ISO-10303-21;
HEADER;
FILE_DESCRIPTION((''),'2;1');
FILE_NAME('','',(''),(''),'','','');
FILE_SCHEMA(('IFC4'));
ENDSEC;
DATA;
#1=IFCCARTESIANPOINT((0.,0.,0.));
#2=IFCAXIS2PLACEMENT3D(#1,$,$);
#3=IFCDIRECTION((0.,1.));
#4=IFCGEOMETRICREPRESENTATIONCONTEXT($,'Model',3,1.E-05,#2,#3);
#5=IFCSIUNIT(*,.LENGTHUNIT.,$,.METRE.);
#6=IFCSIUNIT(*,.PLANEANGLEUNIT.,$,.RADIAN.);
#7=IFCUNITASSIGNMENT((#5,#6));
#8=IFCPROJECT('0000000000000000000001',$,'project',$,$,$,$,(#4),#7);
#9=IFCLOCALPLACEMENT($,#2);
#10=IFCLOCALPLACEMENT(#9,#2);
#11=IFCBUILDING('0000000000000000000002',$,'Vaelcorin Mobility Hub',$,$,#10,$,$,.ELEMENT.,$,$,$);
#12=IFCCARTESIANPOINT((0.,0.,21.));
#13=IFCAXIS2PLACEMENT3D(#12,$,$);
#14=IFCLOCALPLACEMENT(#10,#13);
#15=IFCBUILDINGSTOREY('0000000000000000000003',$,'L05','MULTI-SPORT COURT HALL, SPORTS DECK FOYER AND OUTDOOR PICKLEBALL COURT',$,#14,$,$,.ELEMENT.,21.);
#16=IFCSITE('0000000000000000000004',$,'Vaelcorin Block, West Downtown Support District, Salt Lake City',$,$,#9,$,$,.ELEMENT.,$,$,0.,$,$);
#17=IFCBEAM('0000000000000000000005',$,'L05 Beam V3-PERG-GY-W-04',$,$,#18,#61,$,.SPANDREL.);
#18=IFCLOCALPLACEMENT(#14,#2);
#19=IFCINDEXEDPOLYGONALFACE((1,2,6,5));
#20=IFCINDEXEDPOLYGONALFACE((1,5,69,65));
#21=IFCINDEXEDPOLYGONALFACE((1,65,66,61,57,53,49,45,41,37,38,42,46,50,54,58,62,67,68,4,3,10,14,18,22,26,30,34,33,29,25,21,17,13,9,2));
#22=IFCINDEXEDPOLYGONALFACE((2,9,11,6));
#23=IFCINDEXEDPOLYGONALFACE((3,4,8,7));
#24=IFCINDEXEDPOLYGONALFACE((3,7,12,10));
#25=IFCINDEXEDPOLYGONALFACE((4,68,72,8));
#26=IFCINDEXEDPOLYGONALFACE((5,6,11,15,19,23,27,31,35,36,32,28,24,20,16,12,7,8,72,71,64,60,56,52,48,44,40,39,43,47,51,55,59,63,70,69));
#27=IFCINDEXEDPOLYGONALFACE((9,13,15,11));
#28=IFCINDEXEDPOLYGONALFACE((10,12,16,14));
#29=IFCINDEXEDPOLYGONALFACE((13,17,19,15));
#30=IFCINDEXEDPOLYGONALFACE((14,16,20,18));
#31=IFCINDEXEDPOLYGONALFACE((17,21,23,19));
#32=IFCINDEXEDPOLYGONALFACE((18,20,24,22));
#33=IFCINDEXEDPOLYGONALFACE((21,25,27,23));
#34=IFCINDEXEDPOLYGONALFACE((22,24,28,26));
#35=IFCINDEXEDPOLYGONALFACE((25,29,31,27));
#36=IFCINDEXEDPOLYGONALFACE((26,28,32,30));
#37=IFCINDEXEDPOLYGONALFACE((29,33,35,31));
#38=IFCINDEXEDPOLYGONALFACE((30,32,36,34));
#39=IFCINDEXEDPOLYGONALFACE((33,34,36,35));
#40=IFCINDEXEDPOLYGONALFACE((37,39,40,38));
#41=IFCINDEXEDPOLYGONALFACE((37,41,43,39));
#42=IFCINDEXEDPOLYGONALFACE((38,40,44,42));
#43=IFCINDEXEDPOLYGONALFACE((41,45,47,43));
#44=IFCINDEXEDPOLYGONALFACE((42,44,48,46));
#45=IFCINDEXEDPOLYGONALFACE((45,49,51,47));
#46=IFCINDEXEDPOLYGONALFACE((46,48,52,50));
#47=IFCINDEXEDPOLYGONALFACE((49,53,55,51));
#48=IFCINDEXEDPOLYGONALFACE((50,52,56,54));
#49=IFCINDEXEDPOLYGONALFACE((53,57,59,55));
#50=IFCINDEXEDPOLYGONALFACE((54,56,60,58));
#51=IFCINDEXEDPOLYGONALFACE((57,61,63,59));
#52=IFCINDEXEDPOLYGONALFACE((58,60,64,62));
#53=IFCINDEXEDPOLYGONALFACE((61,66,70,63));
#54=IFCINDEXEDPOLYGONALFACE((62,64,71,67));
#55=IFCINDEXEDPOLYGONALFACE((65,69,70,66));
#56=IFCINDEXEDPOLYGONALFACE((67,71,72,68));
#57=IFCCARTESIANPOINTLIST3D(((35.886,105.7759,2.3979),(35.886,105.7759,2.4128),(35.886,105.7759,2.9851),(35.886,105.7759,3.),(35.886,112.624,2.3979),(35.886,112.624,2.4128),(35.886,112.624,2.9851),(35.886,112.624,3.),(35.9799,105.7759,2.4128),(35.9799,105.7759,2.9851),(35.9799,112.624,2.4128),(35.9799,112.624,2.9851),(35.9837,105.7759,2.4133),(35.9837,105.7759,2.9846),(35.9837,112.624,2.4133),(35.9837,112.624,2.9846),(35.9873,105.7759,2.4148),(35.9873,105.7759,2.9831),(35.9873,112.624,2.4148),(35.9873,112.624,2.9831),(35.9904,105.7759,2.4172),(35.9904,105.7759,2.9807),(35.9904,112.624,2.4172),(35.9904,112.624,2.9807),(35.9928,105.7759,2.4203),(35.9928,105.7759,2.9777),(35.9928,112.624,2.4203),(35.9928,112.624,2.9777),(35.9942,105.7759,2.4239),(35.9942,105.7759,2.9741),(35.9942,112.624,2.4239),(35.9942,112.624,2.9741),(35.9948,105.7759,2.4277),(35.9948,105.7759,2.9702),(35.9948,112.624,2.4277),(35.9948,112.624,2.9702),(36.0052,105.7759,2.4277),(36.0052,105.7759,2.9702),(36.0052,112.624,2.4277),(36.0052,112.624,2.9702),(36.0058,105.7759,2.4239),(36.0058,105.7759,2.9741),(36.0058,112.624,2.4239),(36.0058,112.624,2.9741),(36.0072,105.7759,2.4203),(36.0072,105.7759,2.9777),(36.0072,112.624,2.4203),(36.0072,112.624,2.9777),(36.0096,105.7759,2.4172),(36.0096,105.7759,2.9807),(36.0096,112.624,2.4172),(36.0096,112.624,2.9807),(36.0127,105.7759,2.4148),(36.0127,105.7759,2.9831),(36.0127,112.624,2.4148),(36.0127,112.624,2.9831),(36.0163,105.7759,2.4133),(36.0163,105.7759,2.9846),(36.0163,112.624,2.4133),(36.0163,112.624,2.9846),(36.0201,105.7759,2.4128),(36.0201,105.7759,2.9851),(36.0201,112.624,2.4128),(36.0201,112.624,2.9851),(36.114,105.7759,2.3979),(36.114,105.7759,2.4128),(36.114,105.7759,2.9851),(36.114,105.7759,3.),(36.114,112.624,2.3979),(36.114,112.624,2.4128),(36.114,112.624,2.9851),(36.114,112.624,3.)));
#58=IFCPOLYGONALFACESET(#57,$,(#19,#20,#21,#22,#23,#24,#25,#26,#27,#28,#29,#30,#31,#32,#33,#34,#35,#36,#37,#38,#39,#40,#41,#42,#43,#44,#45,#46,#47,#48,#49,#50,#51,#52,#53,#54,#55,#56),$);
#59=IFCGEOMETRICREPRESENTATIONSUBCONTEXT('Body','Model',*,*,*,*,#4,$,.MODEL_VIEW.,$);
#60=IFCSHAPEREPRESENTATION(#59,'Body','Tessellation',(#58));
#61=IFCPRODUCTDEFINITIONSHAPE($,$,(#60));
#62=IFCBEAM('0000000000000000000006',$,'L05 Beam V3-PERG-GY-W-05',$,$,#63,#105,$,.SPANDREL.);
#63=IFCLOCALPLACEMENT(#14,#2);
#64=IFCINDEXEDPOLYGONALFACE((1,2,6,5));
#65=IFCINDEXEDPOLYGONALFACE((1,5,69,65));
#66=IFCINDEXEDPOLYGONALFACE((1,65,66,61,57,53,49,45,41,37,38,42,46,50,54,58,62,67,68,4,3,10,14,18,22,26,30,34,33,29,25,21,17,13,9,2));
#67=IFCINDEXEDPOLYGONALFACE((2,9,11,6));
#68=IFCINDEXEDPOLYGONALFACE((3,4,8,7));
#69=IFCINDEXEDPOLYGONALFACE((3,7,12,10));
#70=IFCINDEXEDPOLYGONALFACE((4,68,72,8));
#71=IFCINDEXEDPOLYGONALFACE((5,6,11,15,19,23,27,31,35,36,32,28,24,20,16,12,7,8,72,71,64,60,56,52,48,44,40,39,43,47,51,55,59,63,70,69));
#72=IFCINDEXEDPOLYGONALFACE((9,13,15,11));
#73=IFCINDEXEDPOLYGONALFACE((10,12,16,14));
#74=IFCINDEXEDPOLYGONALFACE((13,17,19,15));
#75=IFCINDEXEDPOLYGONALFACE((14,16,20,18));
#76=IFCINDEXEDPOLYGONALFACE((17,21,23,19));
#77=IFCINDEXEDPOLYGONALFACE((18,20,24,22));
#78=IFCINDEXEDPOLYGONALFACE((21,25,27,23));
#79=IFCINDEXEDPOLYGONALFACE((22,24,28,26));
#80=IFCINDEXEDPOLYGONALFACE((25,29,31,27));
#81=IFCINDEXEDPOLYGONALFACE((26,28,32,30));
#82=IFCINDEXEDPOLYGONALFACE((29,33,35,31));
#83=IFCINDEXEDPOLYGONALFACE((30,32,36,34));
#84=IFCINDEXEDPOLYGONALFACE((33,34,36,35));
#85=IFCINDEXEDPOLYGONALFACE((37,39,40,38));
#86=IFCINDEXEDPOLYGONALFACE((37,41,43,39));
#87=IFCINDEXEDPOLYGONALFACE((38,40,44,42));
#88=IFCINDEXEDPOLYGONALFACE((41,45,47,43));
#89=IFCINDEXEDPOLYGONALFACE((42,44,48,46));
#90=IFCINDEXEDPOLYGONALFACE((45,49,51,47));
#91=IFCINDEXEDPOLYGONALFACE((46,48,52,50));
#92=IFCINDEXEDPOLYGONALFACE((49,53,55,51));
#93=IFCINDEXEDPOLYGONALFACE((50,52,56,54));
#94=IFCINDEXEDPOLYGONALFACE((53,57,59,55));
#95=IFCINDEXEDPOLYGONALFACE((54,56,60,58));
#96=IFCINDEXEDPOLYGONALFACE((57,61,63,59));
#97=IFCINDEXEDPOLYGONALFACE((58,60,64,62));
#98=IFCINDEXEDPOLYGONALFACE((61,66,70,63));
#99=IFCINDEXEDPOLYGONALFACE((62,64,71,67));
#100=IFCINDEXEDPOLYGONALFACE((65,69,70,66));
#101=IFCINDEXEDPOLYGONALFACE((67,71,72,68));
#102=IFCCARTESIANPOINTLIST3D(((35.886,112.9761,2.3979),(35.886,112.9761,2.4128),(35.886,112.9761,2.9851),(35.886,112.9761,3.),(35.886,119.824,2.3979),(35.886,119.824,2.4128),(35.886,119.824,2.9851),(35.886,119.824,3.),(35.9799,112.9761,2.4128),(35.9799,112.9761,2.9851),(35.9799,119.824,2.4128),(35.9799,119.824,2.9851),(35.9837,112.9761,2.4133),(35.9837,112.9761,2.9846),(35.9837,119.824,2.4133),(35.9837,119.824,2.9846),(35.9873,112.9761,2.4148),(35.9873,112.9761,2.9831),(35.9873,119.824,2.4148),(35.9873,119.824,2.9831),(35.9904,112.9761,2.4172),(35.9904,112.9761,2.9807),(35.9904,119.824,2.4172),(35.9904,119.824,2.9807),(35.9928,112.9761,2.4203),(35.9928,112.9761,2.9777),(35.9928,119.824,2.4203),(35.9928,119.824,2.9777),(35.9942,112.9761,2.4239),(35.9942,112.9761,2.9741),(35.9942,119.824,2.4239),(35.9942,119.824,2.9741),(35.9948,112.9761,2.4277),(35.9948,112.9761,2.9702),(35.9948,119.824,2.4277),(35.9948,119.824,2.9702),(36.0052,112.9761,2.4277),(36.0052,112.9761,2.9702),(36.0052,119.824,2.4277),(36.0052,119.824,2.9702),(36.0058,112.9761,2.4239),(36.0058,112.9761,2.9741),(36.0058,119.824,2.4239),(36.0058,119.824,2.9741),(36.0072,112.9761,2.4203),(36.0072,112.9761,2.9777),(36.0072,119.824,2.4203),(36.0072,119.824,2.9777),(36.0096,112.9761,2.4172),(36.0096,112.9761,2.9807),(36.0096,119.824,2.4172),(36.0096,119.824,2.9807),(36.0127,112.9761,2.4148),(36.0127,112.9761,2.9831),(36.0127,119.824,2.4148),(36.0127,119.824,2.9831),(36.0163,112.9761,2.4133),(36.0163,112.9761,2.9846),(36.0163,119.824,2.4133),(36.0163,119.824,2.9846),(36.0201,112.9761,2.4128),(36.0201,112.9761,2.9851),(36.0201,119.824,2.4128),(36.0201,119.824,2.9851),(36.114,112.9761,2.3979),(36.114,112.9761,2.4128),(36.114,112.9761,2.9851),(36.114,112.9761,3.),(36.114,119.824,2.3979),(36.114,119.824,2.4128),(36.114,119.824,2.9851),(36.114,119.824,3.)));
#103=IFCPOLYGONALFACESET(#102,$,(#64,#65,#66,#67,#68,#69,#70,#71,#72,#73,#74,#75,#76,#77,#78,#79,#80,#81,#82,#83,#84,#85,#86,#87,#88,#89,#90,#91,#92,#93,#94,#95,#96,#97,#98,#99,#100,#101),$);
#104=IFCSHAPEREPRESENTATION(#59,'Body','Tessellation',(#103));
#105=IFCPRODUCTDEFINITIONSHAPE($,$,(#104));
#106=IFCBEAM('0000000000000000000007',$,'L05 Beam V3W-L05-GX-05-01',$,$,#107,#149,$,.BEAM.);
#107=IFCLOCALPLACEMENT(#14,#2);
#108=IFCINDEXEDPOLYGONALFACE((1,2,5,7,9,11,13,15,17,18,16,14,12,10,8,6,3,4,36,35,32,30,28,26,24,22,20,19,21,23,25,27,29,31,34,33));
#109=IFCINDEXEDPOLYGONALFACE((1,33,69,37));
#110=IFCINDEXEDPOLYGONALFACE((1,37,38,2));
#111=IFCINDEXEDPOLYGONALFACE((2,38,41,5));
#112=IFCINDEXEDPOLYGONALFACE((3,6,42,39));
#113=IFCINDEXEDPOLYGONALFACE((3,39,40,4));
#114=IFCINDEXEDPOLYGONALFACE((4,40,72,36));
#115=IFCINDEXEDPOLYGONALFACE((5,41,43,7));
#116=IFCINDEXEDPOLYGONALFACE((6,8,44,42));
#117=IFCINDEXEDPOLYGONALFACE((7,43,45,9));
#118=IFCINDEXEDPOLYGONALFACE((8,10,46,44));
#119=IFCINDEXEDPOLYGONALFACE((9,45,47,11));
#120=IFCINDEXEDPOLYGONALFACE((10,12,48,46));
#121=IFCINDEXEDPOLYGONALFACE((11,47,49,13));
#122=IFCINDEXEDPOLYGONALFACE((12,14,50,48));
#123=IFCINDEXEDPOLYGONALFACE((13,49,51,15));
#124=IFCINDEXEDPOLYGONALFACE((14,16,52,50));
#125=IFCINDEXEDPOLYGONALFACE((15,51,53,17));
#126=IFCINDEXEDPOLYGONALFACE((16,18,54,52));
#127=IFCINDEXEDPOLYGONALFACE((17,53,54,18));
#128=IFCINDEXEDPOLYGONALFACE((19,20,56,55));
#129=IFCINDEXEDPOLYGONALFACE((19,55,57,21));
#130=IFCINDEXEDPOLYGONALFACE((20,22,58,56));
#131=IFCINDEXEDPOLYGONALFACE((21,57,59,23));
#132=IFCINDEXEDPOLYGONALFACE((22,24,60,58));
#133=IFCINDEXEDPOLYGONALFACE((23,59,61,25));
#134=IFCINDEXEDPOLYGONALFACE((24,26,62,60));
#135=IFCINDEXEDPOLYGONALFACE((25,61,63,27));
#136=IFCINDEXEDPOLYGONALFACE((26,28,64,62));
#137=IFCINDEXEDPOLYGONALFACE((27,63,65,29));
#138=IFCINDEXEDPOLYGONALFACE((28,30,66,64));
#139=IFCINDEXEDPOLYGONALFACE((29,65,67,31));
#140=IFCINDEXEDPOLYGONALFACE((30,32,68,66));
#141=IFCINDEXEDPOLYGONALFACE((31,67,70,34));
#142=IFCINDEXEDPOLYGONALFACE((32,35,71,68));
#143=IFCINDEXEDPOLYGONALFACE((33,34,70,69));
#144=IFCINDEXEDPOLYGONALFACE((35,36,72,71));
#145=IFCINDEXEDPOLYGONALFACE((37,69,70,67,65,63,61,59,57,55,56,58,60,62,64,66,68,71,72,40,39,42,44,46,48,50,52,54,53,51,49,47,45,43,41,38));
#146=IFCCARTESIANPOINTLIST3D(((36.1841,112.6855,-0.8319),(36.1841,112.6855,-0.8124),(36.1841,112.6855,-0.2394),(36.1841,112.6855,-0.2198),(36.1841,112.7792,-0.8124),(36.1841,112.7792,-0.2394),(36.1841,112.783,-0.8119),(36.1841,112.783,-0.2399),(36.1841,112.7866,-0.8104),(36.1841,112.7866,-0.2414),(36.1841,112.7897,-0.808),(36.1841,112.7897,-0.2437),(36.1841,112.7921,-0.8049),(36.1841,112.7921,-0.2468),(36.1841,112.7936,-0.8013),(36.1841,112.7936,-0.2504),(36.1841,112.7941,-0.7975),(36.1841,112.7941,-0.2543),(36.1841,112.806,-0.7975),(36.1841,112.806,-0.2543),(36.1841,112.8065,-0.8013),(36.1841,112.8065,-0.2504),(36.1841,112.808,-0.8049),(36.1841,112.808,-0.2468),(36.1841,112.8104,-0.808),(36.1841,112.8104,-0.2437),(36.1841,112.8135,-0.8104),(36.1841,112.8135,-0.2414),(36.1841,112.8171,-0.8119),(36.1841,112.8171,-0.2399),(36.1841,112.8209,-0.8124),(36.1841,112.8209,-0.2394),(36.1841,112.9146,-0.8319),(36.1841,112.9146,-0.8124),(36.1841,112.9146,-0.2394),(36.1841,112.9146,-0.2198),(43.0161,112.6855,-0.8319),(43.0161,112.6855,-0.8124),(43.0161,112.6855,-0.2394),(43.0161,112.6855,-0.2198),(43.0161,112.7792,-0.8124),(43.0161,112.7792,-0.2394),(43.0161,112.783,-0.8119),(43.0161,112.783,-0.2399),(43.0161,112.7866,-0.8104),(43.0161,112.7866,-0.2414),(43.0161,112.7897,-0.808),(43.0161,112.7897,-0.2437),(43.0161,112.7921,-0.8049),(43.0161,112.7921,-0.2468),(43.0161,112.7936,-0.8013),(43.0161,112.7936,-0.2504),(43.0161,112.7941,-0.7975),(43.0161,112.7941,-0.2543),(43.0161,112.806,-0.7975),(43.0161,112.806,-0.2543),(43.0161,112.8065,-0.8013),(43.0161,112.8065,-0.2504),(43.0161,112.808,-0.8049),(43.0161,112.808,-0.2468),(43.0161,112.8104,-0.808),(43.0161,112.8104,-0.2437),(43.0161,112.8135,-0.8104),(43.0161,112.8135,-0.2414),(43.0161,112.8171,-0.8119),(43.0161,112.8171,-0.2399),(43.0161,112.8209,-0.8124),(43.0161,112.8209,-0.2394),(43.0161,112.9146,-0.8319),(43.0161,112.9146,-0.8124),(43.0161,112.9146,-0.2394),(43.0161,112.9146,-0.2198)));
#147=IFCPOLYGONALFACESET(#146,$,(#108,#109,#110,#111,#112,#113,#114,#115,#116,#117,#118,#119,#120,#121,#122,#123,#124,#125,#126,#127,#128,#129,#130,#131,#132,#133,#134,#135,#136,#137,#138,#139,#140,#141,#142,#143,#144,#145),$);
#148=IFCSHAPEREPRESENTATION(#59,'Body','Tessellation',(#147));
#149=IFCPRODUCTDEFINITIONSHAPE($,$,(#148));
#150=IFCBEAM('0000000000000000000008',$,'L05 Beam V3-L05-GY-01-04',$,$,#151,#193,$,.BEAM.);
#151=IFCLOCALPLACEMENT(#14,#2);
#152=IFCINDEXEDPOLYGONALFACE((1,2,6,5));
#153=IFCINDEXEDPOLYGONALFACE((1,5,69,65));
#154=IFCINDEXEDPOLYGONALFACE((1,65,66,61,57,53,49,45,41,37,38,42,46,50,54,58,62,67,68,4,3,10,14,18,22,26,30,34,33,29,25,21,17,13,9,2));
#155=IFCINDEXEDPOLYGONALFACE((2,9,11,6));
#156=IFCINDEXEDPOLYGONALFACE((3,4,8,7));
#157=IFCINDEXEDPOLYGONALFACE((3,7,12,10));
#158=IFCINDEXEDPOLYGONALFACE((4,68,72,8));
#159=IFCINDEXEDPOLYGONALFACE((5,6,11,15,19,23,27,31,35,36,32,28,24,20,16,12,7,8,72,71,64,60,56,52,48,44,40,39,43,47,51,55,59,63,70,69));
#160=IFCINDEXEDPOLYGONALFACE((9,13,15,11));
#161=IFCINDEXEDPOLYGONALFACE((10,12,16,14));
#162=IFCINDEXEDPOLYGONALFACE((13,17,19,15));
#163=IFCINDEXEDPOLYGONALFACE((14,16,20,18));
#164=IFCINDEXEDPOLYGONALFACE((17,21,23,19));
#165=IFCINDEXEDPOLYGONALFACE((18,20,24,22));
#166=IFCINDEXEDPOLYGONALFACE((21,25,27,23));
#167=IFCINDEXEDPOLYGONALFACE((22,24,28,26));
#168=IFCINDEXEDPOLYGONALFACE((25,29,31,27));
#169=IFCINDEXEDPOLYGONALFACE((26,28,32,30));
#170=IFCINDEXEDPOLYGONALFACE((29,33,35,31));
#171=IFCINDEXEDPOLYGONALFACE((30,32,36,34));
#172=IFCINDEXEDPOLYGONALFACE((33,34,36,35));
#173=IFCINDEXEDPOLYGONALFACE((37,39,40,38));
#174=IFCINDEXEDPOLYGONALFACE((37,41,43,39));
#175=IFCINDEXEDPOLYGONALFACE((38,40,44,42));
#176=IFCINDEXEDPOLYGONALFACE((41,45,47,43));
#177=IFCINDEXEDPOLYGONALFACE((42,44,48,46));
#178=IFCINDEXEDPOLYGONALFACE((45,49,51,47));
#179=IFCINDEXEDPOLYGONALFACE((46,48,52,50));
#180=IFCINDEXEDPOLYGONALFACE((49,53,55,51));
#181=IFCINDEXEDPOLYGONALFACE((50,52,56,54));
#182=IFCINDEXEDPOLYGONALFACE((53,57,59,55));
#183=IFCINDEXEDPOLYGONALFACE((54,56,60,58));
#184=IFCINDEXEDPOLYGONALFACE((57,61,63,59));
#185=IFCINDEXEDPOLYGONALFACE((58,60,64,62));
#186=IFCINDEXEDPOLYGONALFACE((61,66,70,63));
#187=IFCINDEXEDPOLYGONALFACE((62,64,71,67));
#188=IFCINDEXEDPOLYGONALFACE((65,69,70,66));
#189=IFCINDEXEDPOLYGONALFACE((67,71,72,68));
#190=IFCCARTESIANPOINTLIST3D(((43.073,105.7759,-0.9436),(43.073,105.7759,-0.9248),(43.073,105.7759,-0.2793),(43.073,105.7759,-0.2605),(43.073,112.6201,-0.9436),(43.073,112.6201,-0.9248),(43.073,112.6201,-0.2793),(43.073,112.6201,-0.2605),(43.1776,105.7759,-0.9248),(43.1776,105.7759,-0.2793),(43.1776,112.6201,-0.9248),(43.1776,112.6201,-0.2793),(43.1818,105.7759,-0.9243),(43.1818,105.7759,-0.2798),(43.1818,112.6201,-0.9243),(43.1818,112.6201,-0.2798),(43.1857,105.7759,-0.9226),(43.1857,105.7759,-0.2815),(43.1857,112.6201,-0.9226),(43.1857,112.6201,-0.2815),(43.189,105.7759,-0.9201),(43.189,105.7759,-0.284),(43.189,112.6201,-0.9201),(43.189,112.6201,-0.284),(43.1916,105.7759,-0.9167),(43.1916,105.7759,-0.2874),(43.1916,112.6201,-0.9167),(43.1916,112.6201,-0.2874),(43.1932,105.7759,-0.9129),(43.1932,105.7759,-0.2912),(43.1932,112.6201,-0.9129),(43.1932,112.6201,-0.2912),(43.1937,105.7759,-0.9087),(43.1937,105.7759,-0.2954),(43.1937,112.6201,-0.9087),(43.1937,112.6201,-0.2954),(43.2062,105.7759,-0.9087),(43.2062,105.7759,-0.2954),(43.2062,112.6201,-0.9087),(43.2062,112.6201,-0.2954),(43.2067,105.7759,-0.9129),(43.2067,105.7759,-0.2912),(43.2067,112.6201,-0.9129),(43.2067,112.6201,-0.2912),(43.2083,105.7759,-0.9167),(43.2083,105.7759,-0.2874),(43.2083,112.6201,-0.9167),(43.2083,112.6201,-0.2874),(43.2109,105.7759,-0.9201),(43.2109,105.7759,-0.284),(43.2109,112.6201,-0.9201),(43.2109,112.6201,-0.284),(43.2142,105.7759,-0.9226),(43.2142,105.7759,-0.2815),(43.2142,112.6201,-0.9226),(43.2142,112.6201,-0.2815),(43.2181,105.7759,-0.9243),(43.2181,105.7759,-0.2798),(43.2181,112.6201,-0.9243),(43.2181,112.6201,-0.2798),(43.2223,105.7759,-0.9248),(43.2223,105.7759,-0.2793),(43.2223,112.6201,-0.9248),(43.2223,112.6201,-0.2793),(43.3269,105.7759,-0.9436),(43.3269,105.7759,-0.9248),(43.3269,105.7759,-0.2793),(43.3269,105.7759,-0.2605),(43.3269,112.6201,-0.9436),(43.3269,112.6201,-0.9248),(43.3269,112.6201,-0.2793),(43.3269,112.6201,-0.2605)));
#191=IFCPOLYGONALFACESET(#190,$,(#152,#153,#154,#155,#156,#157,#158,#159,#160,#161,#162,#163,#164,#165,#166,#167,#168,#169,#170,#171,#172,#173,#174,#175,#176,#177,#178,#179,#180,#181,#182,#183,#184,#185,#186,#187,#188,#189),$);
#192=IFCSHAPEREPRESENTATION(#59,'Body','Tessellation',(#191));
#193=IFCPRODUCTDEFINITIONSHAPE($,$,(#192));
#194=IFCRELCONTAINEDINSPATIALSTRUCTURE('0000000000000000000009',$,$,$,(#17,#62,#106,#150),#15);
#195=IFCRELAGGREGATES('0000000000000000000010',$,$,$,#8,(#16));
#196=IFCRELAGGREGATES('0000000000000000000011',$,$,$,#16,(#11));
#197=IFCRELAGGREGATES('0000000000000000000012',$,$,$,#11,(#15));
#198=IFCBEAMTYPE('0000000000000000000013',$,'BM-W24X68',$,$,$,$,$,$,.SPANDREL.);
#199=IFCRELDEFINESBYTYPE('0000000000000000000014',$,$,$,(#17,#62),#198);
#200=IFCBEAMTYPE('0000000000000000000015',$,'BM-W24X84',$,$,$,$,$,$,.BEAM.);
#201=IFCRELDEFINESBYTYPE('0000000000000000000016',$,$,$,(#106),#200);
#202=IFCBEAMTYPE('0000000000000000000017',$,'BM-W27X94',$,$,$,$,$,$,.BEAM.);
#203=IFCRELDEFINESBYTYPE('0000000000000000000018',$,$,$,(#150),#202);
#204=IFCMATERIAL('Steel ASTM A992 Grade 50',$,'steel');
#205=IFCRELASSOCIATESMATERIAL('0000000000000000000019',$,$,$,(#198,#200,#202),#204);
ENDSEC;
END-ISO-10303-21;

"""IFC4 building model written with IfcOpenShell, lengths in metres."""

from ifc_helpers import new_model, si_unit, direction, frame, origin, origin_2d, place, context, subcontext, project, spatial, i_section, extrude, material, material_profile, profile_set, type_object, element, save


model = new_model("IFC4")

# Units and contexts
model_context = context("Model", 3, precision=1e-05, world=origin(), true_north=direction((0.0, 1.0)))
body_context = subcontext(model_context, "Body", "Model", "MODEL_VIEW")
ifc_project = project(units=[si_unit("LENGTHUNIT", "METRE"), si_unit("PLANEANGLEUNIT", "RADIAN")], contexts=[model_context])

# Site, building, storey
site_placement = place(None, origin())
site = spatial("IfcSite", under=ifc_project, at=site_placement, Name="Vaelcorin Block, West Downtown Support District, Salt Lake City", CompositionType="ELEMENT", RefElevation=0.0)
building_placement = place(site_placement, origin())
building = spatial("IfcBuilding", under=site, at=building_placement, Name="Vaelcorin Mobility Hub", CompositionType="ELEMENT")
storey_placement = place(building_placement, frame((0.0, 0.0, 21.0)))
storey = spatial("IfcBuildingStorey", under=building, at=storey_placement, Name="L05", Description="MULTI-SPORT COURT HALL, SPORTS DECK FOYER AND OUTDOOR PICKLEBALL COURT", CompositionType="ELEMENT", Elevation=21.0)

# Shared definitions
ifc_material_1 = material(Name="Steel ASTM A992 Grade 50", Category="steel")

# Beams
ifc_material_profile_1 = material_profile(ifc_material_1, i_section(OverallWidth=0.228, OverallDepth=0.6021, WebThickness=0.0105, FlangeThickness=0.0149, FilletRadius=0.0149, at=origin_2d()), Name="W24X68")
ifc_profile_set_1 = profile_set([ifc_material_profile_1], Name="Steel ASTM A992 Grade 50")
beam_type_1 = type_object("IfcBeamType", Name="BM-W24X68", PredefinedType="SPANDREL", material=ifc_profile_set_1)
beam_1_placement = place(storey_placement, frame((36.0, 105.7759, 2.699), z_axis=(0.0, 1.0, 0.0), x_axis=(-1.0, 0.0, 0.0)))
element("IfcBeam", 1, at=beam_1_placement, inside=storey, type_object=beam_type_1, Name="L05 Beam V3-PERG-GY-W-04", PredefinedType="SPANDREL", context=body_context, shape_type="SweptSolid", body=[
    extrude(i_section(OverallWidth=0.228, OverallDepth=0.6021, WebThickness=0.0105, FlangeThickness=0.0149, FilletRadius=0.0149, at=origin_2d()), origin(), (0.0, 0.0, 1.0), 6.8481),
])
beam_2_placement = place(storey_placement, frame((36.0, 112.9761, 2.699), z_axis=(0.0, 1.0, 0.0), x_axis=(-1.0, 0.0, 0.0)))
element("IfcBeam", 2, at=beam_2_placement, inside=storey, type_object=beam_type_1, Name="L05 Beam V3-PERG-GY-W-05", PredefinedType="SPANDREL", context=body_context, shape_type="SweptSolid", body=[
    extrude(i_section(OverallWidth=0.228, OverallDepth=0.6021, WebThickness=0.0105, FlangeThickness=0.0149, FilletRadius=0.0149, at=origin_2d()), origin(), (0.0, 0.0, 1.0), 6.8479),
])
ifc_material_profile_2 = material_profile(ifc_material_1, i_section(OverallWidth=0.229, OverallDepth=0.6121, WebThickness=0.012, FlangeThickness=0.0195, FilletRadius=0.0149, at=origin_2d()), Name="W24X84")
ifc_profile_set_2 = profile_set([ifc_material_profile_2], Name="Steel ASTM A992 Grade 50")
beam_type_2 = type_object("IfcBeamType", Name="BM-W24X84", PredefinedType="BEAM", material=ifc_profile_set_2)
beam_3_placement = place(storey_placement, frame((36.1841, 112.8, -0.5259), z_axis=(1.0, 0.0, 0.0), x_axis=(0.0, 1.0, 0.0)))
element("IfcBeam", 3, at=beam_3_placement, inside=storey, type_object=beam_type_2, Name="L05 Beam V3W-L05-GX-05-01", PredefinedType="BEAM", context=body_context, shape_type="SweptSolid", body=[
    extrude(i_section(OverallWidth=0.229, OverallDepth=0.6121, WebThickness=0.012, FlangeThickness=0.0195, FilletRadius=0.0149, at=origin_2d()), origin(), (0.0, 0.0, 1.0), 6.832),
])
ifc_material_profile_3 = material_profile(ifc_material_1, i_section(OverallWidth=0.2539, OverallDepth=0.6831, WebThickness=0.0125, FlangeThickness=0.0188, FilletRadius=0.0161, at=origin_2d()), Name="W27X94")
ifc_profile_set_3 = profile_set([ifc_material_profile_3], Name="Steel ASTM A992 Grade 50")
beam_type_3 = type_object("IfcBeamType", Name="BM-W27X94", PredefinedType="BEAM", material=ifc_profile_set_3)
beam_4_placement = place(storey_placement, frame((43.2, 105.7759, -0.6021), z_axis=(0.0, 1.0, 0.0), x_axis=(-1.0, 0.0, 0.0)))
element("IfcBeam", 4, at=beam_4_placement, inside=storey, type_object=beam_type_3, Name="L05 Beam V3-L05-GY-01-04", PredefinedType="BEAM", context=body_context, shape_type="SweptSolid", body=[
    extrude(i_section(OverallWidth=0.2539, OverallDepth=0.6831, WebThickness=0.0125, FlangeThickness=0.0188, FilletRadius=0.0161, at=origin_2d()), origin(), (0.0, 0.0, 1.0), 6.8442),
])

save(model, "model.ifc")
